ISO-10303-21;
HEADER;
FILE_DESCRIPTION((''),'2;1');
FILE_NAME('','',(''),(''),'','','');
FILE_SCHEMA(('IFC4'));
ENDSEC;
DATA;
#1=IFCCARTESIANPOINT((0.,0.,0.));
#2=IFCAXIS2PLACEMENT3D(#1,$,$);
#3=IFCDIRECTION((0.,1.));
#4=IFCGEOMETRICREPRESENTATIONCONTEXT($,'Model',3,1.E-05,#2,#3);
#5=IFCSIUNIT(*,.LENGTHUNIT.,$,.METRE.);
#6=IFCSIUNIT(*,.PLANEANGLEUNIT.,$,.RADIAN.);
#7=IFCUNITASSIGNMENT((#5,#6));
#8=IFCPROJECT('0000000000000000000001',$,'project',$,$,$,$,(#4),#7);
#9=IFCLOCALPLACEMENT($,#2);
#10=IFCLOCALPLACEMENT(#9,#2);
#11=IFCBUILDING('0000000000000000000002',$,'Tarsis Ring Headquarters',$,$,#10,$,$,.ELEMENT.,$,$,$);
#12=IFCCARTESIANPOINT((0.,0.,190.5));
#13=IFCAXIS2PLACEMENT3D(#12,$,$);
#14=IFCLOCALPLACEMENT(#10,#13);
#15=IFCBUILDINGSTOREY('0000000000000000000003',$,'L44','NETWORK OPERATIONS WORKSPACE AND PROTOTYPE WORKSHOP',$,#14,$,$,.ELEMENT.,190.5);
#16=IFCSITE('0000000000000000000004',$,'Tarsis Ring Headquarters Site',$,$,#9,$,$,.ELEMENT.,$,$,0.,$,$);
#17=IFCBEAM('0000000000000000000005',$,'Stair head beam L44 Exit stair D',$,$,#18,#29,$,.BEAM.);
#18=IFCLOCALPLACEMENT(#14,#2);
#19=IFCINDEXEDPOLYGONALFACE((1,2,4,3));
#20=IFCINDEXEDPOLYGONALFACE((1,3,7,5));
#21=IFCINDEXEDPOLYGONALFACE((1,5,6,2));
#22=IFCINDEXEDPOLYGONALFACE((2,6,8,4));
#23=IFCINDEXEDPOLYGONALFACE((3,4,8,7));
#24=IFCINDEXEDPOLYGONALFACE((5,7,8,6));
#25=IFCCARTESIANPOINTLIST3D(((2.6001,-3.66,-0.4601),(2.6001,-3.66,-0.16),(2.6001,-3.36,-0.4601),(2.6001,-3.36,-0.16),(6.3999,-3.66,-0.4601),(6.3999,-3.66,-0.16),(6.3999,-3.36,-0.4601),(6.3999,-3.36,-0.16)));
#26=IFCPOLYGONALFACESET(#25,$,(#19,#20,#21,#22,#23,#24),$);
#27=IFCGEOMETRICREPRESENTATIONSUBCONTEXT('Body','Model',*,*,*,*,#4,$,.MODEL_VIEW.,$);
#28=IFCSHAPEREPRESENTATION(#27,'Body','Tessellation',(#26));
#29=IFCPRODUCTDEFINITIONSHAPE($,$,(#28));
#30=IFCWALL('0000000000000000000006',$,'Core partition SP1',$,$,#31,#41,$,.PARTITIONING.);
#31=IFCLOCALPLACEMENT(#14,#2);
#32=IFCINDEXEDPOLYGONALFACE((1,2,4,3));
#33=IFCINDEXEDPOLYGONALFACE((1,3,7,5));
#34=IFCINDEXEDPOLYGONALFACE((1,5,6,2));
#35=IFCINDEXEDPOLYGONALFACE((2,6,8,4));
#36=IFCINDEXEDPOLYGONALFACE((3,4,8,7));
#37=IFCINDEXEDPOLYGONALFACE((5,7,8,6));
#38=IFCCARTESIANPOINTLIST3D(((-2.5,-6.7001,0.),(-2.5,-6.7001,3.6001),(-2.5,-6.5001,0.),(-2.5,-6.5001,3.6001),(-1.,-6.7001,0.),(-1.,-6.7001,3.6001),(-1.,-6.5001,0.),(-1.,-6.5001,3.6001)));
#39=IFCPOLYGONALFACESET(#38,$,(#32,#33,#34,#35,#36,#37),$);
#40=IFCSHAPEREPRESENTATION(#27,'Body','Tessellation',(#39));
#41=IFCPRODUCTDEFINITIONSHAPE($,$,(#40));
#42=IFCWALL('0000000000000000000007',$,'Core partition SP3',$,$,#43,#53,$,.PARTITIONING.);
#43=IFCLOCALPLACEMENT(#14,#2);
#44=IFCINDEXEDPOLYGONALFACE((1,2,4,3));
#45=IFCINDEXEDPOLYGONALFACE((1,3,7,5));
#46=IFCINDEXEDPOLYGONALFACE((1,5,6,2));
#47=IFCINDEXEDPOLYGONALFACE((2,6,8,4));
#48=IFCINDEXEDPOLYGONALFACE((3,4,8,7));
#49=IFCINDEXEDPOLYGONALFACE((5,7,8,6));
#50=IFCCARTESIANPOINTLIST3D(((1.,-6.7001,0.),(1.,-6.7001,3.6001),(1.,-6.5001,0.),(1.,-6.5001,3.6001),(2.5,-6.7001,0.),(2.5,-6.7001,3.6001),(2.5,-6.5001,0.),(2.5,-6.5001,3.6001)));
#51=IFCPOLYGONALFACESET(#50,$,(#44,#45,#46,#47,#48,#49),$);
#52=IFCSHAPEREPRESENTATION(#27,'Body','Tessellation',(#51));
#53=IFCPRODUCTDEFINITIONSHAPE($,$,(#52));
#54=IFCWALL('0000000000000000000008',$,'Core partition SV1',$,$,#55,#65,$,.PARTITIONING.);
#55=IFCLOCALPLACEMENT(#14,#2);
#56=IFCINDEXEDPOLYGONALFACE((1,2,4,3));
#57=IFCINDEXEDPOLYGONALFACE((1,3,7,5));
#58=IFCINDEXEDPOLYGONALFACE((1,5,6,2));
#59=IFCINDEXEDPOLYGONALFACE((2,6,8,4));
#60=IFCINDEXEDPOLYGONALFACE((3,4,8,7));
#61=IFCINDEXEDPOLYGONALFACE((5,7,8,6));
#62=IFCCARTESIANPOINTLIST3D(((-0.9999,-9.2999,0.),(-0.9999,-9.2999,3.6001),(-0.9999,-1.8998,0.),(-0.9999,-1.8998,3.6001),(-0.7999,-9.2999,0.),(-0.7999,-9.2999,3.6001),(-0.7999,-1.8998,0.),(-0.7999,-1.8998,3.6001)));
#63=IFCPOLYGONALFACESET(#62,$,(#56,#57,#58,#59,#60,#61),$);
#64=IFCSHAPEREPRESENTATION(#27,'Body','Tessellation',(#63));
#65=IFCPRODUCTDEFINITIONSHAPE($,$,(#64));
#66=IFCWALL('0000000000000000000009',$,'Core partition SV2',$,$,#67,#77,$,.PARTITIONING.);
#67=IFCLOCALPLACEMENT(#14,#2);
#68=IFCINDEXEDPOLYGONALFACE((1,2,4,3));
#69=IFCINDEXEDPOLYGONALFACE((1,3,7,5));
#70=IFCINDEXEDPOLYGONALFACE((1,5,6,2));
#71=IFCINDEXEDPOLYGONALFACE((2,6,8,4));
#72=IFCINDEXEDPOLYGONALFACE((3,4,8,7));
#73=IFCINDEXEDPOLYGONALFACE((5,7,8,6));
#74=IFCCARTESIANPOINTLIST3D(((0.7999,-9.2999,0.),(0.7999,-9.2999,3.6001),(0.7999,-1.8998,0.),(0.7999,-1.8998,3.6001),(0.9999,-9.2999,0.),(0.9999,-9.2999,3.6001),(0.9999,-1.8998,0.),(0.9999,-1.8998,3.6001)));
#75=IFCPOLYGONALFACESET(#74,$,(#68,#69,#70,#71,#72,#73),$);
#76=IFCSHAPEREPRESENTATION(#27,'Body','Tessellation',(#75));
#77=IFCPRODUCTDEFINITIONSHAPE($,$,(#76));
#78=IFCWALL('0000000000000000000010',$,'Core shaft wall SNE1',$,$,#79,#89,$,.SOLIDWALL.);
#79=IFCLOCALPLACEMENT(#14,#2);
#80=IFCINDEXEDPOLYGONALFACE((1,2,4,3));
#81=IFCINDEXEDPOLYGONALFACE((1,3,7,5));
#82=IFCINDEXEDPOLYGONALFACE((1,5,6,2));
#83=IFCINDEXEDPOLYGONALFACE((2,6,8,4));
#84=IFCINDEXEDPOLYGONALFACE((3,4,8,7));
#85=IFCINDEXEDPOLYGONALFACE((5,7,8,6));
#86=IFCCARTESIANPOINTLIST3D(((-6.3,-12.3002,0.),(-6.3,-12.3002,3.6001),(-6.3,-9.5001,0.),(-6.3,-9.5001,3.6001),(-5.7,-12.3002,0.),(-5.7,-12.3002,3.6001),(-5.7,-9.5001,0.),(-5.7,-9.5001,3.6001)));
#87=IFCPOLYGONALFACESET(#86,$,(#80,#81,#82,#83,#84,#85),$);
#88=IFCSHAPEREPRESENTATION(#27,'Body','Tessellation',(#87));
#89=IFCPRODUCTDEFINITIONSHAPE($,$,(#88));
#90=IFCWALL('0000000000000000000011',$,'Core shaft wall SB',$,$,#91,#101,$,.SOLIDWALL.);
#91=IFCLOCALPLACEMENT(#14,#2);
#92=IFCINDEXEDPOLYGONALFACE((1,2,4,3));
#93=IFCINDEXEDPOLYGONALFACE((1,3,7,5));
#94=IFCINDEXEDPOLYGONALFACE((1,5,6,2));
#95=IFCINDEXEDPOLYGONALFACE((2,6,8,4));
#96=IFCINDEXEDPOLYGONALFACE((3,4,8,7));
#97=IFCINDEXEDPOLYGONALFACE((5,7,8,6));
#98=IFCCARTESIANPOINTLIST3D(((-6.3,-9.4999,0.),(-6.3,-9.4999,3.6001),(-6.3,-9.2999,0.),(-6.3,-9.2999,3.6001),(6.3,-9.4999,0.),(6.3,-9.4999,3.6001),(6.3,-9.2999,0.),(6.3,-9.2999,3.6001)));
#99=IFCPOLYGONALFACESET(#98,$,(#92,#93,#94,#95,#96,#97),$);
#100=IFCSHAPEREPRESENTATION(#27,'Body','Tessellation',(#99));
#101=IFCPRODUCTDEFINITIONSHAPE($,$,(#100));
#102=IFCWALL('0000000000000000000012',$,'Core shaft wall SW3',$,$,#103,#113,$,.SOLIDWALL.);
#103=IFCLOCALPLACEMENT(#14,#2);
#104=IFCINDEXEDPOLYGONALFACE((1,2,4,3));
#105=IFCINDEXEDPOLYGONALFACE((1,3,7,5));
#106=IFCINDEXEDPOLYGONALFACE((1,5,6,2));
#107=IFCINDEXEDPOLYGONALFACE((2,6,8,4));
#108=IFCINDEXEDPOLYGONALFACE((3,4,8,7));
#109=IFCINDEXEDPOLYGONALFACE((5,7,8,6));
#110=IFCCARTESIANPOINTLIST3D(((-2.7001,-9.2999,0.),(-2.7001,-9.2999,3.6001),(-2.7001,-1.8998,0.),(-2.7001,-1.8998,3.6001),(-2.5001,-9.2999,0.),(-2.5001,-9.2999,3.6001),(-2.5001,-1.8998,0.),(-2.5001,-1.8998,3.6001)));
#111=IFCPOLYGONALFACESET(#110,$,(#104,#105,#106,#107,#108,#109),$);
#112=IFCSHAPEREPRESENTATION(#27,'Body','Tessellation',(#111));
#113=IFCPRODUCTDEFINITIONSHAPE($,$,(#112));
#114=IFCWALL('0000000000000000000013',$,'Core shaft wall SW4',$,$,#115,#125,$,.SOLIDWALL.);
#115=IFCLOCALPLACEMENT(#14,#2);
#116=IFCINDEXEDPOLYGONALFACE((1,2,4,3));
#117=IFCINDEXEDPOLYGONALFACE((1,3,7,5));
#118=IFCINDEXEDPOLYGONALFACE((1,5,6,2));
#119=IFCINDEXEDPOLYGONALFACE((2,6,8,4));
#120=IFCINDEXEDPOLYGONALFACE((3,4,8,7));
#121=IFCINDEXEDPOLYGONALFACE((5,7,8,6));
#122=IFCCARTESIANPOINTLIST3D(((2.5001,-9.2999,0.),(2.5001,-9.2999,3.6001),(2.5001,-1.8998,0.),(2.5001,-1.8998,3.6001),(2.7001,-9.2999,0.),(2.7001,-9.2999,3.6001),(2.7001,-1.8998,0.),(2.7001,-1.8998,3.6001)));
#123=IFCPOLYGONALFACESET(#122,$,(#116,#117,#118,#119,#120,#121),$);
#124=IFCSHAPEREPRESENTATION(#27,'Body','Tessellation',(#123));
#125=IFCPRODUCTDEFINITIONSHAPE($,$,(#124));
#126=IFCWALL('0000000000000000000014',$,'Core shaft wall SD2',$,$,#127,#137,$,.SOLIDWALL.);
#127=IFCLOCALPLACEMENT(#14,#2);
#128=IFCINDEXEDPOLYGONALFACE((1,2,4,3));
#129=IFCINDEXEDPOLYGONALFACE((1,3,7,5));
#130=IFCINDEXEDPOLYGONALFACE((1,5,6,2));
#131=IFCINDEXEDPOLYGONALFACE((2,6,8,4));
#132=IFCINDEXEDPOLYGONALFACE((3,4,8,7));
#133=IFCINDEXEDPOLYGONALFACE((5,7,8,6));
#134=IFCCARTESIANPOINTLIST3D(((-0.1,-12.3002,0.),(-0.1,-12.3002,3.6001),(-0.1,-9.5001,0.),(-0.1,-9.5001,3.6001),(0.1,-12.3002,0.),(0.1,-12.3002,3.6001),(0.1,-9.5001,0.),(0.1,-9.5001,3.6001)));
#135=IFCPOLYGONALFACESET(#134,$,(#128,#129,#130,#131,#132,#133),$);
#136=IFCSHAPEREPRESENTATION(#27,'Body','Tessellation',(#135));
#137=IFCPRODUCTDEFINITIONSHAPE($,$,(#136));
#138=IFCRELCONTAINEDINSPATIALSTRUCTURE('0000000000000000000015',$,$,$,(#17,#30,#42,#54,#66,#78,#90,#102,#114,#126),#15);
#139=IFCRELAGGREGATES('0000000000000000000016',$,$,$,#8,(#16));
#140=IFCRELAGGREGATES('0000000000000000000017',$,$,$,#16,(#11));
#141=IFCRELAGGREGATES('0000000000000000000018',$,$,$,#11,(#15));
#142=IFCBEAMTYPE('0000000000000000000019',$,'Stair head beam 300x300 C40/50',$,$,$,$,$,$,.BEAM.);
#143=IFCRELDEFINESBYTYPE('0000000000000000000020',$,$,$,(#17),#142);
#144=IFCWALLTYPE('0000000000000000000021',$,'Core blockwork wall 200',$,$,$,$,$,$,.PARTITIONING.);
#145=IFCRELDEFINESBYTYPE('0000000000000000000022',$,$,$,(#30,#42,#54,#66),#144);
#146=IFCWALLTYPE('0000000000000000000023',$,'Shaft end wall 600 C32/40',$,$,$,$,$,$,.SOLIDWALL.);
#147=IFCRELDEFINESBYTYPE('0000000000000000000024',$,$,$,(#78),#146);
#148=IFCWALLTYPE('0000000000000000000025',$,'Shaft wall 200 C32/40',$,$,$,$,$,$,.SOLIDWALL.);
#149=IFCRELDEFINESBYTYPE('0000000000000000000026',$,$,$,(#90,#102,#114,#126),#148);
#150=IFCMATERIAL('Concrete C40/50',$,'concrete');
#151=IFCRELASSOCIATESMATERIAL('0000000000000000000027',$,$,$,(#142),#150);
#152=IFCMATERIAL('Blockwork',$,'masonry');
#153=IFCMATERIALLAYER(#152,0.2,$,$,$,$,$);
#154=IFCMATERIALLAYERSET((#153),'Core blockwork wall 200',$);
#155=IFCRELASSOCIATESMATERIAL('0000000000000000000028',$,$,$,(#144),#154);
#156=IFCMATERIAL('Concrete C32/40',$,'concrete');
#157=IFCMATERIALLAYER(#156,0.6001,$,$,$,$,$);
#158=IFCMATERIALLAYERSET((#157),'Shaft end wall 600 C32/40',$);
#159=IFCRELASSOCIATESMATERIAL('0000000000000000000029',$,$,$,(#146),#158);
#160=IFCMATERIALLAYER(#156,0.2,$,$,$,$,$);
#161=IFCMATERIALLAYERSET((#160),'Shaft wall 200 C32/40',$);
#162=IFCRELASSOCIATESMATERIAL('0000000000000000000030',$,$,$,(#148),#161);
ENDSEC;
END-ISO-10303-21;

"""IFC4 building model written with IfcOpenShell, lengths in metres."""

from ifc_helpers import new_model, si_unit, direction, frame, frame_2d, origin, origin_2d, place, context, subcontext, project, spatial, rectangle, extrude, material, layer, layer_set, material_profile, profile_set, type_object, element, save


model = new_model("IFC4")

# Units and contexts
model_context = context("Model", 3, precision=1e-05, world=origin(), true_north=direction((0.0, 1.0)))
body_context = subcontext(model_context, "Body", "Model", "MODEL_VIEW")
ifc_project = project(units=[si_unit("LENGTHUNIT", "METRE"), si_unit("PLANEANGLEUNIT", "RADIAN")], contexts=[model_context])

# Site, building, storey
site_placement = place(None, origin())
site = spatial("IfcSite", under=ifc_project, at=site_placement, Name="Tarsis Ring Headquarters Site", CompositionType="ELEMENT", RefElevation=0.0)
building_placement = place(site_placement, origin())
building = spatial("IfcBuilding", under=site, at=building_placement, Name="Tarsis Ring Headquarters", CompositionType="ELEMENT")
storey_placement = place(building_placement, frame((0.0, 0.0, 190.5)))
storey = spatial("IfcBuildingStorey", under=building, at=storey_placement, Name="L44", Description="NETWORK OPERATIONS WORKSPACE AND PROTOTYPE WORKSHOP", CompositionType="ELEMENT", Elevation=190.5)

# Beam
ifc_material_1 = material(Name="Concrete C40/50", Category="concrete")
ifc_material_profile = material_profile(ifc_material_1, rectangle(XDim=0.3, YDim=0.3, at=origin_2d()), Name="Stair head beam 300x300 C40/50")
ifc_profile_set = profile_set([ifc_material_profile], Name="Concrete C40/50")
beam_type = type_object("IfcBeamType", Name="Stair head beam 300x300 C40/50", PredefinedType="BEAM", material=ifc_profile_set)
beam_placement = place(storey_placement, frame((2.6001, -3.51, -0.3101), z_axis=(1.0, 0.0, 0.0), x_axis=(0.0, 1.0, 0.0)))
element("IfcBeam", 1, at=beam_placement, inside=storey, type_object=beam_type, Name="Stair head beam L44 Exit stair D", PredefinedType="BEAM", context=body_context, shape_type="SweptSolid", body=[
    extrude(rectangle(XDim=0.3, YDim=0.3, at=origin_2d()), origin(), (0.0, 0.0, 1.0), 3.7998),
])

# Walls
ifc_material_2 = material(Name="Blockwork", Category="masonry")
ifc_layer_1 = layer(ifc_material_2, 0.2)
ifc_layer_set_1 = layer_set([ifc_layer_1], Name="Core blockwork wall 200")
wall_type_1 = type_object("IfcWallType", Name="Core blockwork wall 200", PredefinedType="PARTITIONING", material=ifc_layer_set_1)
for number, where, z_axis, x_axis, name in (
    (2, (-2.5, -6.6001, 0.0), (0.0, 0.0, 1.0), (1.0, 0.0, 0.0), "Core partition SP1"),
    (3, (1.0, -6.6001, 0.0), (0.0, 0.0, 1.0), (1.0, 0.0, 0.0), "Core partition SP3"),
):
    element("IfcWall", number, at=place(storey_placement, frame(where, z_axis=z_axis, x_axis=x_axis)), inside=storey, type_object=wall_type_1, Name=name, PredefinedType="PARTITIONING", context=body_context, shape_type="SweptSolid", body=[
        extrude(rectangle(XDim=1.5, YDim=0.2, at=frame_2d((0.75, 0.0))), origin(), (0.0, 0.0, 1.0), 3.6001),
    ])
for number, where, z_axis, x_axis, name in (
    (4, (-0.8999, -9.3, 0.0), (0.0, 0.0, 1.0), (0.0, 1.0, 0.0), "Core partition SV1"),
    (5, (0.8999, -9.3, 0.0), (0.0, 0.0, 1.0), (0.0, 1.0, 0.0), "Core partition SV2"),
):
    element("IfcWall", number, at=place(storey_placement, frame(where, z_axis=z_axis, x_axis=x_axis)), inside=storey, type_object=wall_type_1, Name=name, PredefinedType="PARTITIONING", context=body_context, shape_type="SweptSolid", body=[
        extrude(rectangle(XDim=7.4001, YDim=0.2, at=frame_2d((3.7002, 0.0))), origin(), (0.0, 0.0, 1.0), 3.6001),
    ])
ifc_material_3 = material(Name="Concrete C32/40", Category="concrete")
ifc_layer_2 = layer(ifc_material_3, 0.6001)
ifc_layer_set_2 = layer_set([ifc_layer_2], Name="Shaft end wall 600 C32/40")
wall_type_2 = type_object("IfcWallType", Name="Shaft end wall 600 C32/40", PredefinedType="SOLIDWALL", material=ifc_layer_set_2)
wall_1_placement = place(storey_placement, frame((-6.0, -12.3, 0.0), z_axis=(0.0, 0.0, 1.0), x_axis=(0.0, 1.0, 0.0)))
element("IfcWall", 6, at=wall_1_placement, inside=storey, type_object=wall_type_2, Name="Core shaft wall SNE1", PredefinedType="SOLIDWALL", context=body_context, shape_type="SweptSolid", body=[
    extrude(rectangle(XDim=2.8, YDim=0.6001, at=frame_2d((1.3999, 0.0))), origin(), (0.0, 0.0, 1.0), 3.6001),
])
ifc_layer_3 = layer(ifc_material_3, 0.2)
ifc_layer_set_3 = layer_set([ifc_layer_3], Name="Shaft wall 200 C32/40")
wall_type_3 = type_object("IfcWallType", Name="Shaft wall 200 C32/40", PredefinedType="SOLIDWALL", material=ifc_layer_set_3)
wall_2_placement = place(storey_placement, frame((-6.3, -9.3999, 0.0), z_axis=(0.0, 0.0, 1.0), x_axis=(1.0, 0.0, 0.0)))
element("IfcWall", 7, at=wall_2_placement, inside=storey, type_object=wall_type_3, Name="Core shaft wall SB", PredefinedType="SOLIDWALL", context=body_context, shape_type="SweptSolid", body=[
    extrude(rectangle(XDim=12.6001, YDim=0.2, at=frame_2d((6.3, 0.0))), origin(), (0.0, 0.0, 1.0), 3.6001),
])
for number, where, z_axis, x_axis, name in (
    (8, (-2.6001, -9.3, 0.0), (0.0, 0.0, 1.0), (0.0, 1.0, 0.0), "Core shaft wall SW3"),
    (9, (2.6001, -9.3, 0.0), (0.0, 0.0, 1.0), (0.0, 1.0, 0.0), "Core shaft wall SW4"),
):
    element("IfcWall", number, at=place(storey_placement, frame(where, z_axis=z_axis, x_axis=x_axis)), inside=storey, type_object=wall_type_3, Name=name, PredefinedType="SOLIDWALL", context=body_context, shape_type="SweptSolid", body=[
        extrude(rectangle(XDim=7.4001, YDim=0.2, at=frame_2d((3.7002, 0.0))), origin(), (0.0, 0.0, 1.0), 3.6001),
    ])
wall_3_placement = place(storey_placement, frame((0.0, -12.3, 0.0), z_axis=(0.0, 0.0, 1.0), x_axis=(0.0, 1.0, 0.0)))
element("IfcWall", 10, at=wall_3_placement, inside=storey, type_object=wall_type_3, Name="Core shaft wall SD2", PredefinedType="SOLIDWALL", context=body_context, shape_type="SweptSolid", body=[
    extrude(rectangle(XDim=2.8, YDim=0.2, at=frame_2d((1.3999, 0.0))), origin(), (0.0, 0.0, 1.0), 3.6001),
])

save(model, "model.ifc")
